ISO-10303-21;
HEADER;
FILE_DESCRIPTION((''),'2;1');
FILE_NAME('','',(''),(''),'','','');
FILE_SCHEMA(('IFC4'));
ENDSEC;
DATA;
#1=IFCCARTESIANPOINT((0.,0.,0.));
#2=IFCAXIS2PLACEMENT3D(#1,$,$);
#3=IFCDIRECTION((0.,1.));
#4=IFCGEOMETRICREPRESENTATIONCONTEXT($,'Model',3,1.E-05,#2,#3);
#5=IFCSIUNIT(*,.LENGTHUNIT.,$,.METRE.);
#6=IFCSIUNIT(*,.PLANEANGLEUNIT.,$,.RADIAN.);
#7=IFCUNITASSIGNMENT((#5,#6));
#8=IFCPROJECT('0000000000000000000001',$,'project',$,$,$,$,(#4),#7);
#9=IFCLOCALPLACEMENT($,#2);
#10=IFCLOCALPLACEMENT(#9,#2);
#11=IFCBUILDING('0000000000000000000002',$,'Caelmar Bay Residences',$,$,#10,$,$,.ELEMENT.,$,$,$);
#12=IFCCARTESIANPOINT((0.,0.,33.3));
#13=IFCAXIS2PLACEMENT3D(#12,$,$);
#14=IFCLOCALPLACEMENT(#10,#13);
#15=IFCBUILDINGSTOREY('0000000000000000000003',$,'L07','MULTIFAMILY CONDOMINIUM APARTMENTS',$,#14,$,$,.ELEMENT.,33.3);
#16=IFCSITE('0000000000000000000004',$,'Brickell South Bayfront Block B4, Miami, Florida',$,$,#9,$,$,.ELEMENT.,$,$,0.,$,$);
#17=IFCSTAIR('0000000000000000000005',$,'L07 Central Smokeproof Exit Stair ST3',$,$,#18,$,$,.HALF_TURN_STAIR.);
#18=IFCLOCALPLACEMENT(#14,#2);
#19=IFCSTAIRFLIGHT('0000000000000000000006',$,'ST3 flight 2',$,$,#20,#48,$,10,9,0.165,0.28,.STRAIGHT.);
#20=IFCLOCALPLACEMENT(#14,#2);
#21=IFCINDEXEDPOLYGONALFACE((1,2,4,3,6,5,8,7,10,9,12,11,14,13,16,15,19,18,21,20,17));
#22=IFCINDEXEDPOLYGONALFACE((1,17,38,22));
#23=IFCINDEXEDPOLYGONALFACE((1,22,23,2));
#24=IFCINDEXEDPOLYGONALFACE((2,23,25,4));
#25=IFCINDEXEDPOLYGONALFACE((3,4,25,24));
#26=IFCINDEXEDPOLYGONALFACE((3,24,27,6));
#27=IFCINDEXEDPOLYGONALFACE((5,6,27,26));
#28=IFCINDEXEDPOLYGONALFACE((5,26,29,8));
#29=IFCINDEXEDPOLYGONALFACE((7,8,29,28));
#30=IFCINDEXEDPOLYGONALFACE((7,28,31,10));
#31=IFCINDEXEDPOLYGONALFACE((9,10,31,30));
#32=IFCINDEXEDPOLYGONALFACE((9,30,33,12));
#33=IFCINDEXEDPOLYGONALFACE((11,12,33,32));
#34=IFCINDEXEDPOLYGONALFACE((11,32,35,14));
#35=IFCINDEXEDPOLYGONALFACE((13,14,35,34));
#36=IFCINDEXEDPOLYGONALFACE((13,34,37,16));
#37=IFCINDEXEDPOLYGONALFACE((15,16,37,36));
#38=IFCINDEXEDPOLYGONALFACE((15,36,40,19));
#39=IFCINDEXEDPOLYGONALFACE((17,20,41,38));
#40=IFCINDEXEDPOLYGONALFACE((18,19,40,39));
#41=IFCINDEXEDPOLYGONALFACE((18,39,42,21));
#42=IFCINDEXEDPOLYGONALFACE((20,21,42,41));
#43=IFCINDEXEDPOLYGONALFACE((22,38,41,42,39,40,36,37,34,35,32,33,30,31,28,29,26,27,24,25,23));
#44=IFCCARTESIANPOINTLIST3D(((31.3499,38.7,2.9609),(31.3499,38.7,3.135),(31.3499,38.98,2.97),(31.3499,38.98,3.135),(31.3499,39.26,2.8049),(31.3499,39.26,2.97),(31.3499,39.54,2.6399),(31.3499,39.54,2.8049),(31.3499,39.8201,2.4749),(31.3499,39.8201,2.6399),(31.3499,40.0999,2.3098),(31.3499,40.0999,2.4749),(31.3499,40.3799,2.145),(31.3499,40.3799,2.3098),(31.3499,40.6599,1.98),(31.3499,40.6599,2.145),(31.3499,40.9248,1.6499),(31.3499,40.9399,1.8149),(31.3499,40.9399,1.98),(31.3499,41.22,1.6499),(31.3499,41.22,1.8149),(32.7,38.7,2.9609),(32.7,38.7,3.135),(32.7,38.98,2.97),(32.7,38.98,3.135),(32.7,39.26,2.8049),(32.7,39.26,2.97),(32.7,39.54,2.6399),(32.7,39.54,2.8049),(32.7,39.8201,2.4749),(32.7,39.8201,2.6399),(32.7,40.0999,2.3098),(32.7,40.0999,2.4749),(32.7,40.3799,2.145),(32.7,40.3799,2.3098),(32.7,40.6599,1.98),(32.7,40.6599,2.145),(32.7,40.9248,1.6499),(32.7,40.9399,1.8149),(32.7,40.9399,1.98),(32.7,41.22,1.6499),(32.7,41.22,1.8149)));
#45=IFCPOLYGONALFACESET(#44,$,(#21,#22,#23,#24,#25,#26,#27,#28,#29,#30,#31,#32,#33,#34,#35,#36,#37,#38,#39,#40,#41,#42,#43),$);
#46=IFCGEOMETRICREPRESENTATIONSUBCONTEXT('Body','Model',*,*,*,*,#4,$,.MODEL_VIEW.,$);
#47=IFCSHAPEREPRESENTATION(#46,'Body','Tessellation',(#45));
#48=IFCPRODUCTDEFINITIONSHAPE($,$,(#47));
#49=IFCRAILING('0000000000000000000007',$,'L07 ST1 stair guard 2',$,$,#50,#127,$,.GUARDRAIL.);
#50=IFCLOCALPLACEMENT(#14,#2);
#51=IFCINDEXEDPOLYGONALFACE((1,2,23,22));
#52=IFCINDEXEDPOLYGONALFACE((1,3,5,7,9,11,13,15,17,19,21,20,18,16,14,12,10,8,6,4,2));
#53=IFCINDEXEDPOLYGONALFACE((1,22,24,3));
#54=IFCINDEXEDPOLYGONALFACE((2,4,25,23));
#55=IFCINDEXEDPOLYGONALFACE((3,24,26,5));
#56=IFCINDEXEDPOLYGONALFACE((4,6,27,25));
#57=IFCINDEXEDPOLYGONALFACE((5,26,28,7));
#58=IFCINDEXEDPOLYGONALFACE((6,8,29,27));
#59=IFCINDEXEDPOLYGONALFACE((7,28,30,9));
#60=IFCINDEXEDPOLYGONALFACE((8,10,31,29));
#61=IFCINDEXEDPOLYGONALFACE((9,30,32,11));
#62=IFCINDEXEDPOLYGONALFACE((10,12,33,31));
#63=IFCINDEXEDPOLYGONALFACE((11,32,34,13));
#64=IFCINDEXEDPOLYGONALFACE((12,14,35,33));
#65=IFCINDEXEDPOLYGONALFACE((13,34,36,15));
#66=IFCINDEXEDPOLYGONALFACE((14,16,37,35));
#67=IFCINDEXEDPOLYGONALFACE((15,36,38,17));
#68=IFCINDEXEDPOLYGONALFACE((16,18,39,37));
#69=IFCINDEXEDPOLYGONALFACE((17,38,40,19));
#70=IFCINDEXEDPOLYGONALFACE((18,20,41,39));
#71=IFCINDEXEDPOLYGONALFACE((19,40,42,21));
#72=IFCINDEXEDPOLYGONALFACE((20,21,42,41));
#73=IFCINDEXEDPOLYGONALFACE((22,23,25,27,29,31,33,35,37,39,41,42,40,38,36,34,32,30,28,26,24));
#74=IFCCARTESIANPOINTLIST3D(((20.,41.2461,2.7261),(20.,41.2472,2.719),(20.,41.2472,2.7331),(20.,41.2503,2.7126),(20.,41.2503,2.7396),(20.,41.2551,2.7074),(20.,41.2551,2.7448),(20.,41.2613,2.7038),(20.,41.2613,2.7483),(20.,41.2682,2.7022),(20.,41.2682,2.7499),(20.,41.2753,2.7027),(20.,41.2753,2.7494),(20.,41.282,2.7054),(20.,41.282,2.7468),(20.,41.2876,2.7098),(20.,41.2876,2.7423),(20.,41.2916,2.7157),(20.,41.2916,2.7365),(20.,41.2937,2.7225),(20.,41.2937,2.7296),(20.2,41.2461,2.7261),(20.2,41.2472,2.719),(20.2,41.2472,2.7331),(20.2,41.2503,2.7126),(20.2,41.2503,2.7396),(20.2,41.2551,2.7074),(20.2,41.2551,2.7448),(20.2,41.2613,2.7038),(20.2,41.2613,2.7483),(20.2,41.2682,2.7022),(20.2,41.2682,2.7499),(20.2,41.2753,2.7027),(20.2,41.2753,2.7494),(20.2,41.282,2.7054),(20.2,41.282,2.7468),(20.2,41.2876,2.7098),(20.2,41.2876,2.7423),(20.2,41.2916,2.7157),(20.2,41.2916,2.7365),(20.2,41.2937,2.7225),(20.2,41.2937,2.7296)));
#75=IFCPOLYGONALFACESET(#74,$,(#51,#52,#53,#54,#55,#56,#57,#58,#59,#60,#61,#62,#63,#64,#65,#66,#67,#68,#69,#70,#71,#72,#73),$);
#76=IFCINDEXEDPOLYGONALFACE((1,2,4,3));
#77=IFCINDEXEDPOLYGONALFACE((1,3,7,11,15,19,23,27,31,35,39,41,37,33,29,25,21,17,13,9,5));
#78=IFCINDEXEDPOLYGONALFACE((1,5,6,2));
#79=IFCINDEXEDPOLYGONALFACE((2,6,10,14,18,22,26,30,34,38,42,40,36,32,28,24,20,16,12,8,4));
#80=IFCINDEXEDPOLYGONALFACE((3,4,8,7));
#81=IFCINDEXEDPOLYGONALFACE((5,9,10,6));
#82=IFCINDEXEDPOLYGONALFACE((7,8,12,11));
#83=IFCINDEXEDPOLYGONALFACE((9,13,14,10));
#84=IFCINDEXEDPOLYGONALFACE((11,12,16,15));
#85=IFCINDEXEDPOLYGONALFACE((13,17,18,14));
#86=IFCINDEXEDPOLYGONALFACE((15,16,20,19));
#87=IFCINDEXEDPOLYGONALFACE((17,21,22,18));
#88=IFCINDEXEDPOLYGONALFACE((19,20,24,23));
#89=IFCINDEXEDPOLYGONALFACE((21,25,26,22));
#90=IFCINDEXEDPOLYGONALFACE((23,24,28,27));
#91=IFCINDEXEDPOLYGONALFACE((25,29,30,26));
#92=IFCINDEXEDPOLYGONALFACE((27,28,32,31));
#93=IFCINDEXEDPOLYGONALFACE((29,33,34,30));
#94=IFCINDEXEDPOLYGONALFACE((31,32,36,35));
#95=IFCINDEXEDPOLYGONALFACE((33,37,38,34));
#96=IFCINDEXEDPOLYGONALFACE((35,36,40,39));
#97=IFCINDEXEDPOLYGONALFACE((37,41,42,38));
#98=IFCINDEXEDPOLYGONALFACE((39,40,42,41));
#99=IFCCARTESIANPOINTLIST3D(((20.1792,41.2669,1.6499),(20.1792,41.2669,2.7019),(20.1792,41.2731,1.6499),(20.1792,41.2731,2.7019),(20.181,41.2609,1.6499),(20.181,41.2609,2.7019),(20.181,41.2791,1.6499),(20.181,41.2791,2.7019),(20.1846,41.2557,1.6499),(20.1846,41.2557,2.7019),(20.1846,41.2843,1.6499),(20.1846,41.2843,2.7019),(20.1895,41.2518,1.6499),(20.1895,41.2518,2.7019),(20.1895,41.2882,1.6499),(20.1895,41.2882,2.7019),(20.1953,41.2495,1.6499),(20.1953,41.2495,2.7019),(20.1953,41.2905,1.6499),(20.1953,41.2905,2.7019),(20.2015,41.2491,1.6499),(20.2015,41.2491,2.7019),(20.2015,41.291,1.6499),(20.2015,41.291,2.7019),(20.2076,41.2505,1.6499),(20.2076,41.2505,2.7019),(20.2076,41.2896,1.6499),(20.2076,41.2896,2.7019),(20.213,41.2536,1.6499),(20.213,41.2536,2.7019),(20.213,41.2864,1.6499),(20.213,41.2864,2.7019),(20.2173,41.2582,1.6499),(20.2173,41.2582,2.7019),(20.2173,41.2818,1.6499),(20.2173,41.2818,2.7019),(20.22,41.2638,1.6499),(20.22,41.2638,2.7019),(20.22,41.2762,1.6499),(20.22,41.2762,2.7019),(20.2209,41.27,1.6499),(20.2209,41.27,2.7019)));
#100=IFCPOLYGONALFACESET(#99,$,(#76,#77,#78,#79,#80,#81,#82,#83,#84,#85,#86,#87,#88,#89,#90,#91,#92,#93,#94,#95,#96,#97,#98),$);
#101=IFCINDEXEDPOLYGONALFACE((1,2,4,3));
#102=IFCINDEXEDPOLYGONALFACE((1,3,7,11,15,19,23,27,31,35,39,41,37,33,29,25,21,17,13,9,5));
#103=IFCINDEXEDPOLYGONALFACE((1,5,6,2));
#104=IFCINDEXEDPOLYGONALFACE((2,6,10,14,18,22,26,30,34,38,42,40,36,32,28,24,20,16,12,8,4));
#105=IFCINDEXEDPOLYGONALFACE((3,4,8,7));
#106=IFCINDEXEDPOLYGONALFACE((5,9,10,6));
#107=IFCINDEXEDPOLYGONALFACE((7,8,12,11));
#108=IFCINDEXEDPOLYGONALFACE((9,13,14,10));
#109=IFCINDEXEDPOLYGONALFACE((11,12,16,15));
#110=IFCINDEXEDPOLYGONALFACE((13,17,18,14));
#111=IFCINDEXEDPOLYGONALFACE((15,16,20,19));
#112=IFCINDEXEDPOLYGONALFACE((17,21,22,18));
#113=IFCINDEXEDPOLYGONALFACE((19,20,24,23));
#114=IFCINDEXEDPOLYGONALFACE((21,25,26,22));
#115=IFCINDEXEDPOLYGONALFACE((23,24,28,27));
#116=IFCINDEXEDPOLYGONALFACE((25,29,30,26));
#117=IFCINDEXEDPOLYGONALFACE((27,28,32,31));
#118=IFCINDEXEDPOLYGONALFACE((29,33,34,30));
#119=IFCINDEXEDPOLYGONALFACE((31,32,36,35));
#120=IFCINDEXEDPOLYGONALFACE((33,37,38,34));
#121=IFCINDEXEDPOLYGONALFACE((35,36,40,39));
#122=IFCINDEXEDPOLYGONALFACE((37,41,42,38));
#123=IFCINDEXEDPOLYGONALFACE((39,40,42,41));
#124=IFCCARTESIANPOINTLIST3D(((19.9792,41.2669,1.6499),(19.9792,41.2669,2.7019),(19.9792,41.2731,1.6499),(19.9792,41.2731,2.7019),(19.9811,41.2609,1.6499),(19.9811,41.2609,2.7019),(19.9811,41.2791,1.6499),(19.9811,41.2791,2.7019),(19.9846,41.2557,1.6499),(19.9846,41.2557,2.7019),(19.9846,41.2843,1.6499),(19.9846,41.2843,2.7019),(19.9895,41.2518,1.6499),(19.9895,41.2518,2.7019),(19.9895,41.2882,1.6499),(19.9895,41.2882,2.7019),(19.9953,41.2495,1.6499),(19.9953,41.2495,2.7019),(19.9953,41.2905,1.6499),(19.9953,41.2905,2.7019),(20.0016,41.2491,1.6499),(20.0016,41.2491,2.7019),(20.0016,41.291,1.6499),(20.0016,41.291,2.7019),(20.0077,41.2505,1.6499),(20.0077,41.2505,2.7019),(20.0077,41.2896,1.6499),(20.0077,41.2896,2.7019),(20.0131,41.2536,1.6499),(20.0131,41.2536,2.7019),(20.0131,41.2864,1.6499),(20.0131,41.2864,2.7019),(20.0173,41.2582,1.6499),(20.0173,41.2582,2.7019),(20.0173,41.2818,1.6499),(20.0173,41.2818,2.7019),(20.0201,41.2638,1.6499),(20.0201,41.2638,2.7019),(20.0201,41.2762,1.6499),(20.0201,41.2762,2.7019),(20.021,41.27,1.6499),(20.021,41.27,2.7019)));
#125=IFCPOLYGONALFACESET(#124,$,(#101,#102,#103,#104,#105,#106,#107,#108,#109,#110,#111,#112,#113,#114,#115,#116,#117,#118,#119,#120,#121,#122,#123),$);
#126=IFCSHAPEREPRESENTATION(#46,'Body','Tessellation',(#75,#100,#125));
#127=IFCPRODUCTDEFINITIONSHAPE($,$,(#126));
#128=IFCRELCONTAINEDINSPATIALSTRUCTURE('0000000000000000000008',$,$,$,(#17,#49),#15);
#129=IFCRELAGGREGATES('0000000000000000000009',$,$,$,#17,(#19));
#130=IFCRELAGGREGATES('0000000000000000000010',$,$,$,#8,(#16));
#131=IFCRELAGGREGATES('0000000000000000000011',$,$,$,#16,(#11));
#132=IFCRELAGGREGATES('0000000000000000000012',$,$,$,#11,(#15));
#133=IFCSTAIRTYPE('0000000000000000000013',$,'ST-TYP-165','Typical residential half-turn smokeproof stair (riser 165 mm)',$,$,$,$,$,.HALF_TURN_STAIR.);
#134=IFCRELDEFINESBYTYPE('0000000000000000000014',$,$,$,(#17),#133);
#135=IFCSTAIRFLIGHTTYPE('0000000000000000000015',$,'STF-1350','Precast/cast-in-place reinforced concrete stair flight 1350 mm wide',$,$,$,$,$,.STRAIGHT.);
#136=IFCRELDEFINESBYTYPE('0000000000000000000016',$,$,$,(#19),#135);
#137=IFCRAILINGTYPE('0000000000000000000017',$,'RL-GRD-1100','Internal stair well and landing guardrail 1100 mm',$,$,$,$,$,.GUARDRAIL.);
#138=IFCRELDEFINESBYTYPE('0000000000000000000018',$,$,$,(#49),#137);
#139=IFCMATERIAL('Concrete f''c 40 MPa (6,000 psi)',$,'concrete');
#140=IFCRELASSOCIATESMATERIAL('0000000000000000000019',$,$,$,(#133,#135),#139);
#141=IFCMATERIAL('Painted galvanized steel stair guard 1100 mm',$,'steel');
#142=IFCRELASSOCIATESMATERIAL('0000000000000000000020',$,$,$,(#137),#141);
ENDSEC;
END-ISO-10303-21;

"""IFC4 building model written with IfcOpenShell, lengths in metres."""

from ifc_helpers import new_model, si_unit, direction, frame, origin, origin_2d, place, context, subcontext, project, spatial, polyline, circle, outline, extrude, material, type_object, element, aggregate, save


model = new_model("IFC4")

# Units and contexts
model_context = context("Model", 3, precision=1e-05, world=origin(), true_north=direction((0.0, 1.0)))
body_context = subcontext(model_context, "Body", "Model", "MODEL_VIEW")
ifc_project = project(units=[si_unit("LENGTHUNIT", "METRE"), si_unit("PLANEANGLEUNIT", "RADIAN")], contexts=[model_context])

# Site, building, storey
site_placement = place(None, origin())
site = spatial("IfcSite", under=ifc_project, at=site_placement, Name="Brickell South Bayfront Block B4, Miami, Florida", CompositionType="ELEMENT", RefElevation=0.0)
building_placement = place(site_placement, origin())
building = spatial("IfcBuilding", under=site, at=building_placement, Name="Caelmar Bay Residences", CompositionType="ELEMENT")
storey_placement = place(building_placement, frame((0.0, 0.0, 33.3)))
storey = spatial("IfcBuildingStorey", under=building, at=storey_placement, Name="L07", Description="MULTIFAMILY CONDOMINIUM APARTMENTS", CompositionType="ELEMENT", Elevation=33.3)

# Stair, stair flight
ifc_material_1 = material(Name="Concrete f'c 40 MPa (6,000 psi)", Category="concrete")
stair_type = type_object("IfcStairType", Name="ST-TYP-165", Description="Typical residential half-turn smokeproof stair (riser 165 mm)", PredefinedType="HALF_TURN_STAIR", material=ifc_material_1)
stair_flight_type = type_object("IfcStairFlightType", Name="STF-1350", Description="Precast/cast-in-place reinforced concrete stair flight 1350 mm wide", PredefinedType="STRAIGHT", material=ifc_material_1)
stair_1_placement = place(storey_placement, origin())
stair_1 = element("IfcStair", 1, at=stair_1_placement, inside=storey, type_object=stair_type, Name="L07 Central Smokeproof Exit Stair ST3", PredefinedType="HALF_TURN_STAIR")
stair_flight_1_placement = place(storey_placement, frame((32.0249, 41.22, 1.6499), z_axis=(0.0, 0.0, 1.0), x_axis=(0.0, -1.0, 0.0)))
stair_flight_1 = element("IfcStairFlight", 2, at=stair_flight_1_placement, type_object=stair_flight_type, Name="ST3 flight 2", NumberOfRisers=10, NumberOfTreads=9, PredefinedType="STRAIGHT", RiserHeight=0.165, TreadLength=0.28, context=body_context, shape_type="SweptSolid", body=[
    extrude(outline(polyline([(0.0, 0.0), (0.0, 0.165), (0.28, 0.165), (0.28, 0.3301), (0.5601, 0.3301), (0.5601, 0.4951), (0.8401, 0.4951), (0.8401, 0.6599), (1.1201, 0.6599), (1.1201, 0.825), (1.3999, 0.825), (1.3999, 0.99), (1.6799, 0.99), (1.6799, 1.155), (1.96, 1.155), (1.96, 1.3201), (2.24, 1.3201), (2.24, 1.4851), (2.52, 1.4851), (2.52, 1.6499), (2.52, 1.311), (0.2952, 0.0), (0.0, 0.0)])), frame((0.0, 0.675, 0.0), z_axis=(0.0, -1.0, 0.0), x_axis=(1.0, 0.0, 0.0)), (0.0, 0.0, 1.0), 1.3501),
])
aggregate(stair_1, [stair_flight_1])

# Railing
ifc_material_2 = material(Name="Painted galvanized steel stair guard 1100 mm", Category="steel")
railing_type_1 = type_object("IfcRailingType", Name="RL-GRD-1100", Description="Internal stair well and landing guardrail 1100 mm", PredefinedType="GUARDRAIL", material=ifc_material_2)
railing_1_placement = place(storey_placement, frame((20.2, 41.27, 1.6499)))
element("IfcRailing", 3, at=railing_1_placement, inside=storey, type_object=railing_type_1, Name="L07 ST1 stair guard 2", PredefinedType="GUARDRAIL", context=body_context, shape_type="SweptSolid", body=[
    extrude(circle(Radius=0.0239, at=origin_2d()), frame((0.0, 0.0, 1.0762), z_axis=(-1.0, 0.0, 0.0), x_axis=(0.0, -1.0, 0.0)), (0.0, 0.0, 1.0), 0.2),
    extrude(circle(Radius=0.021, at=origin_2d()), origin(), (0.0, 0.0, 1.0), 1.052),
    extrude(circle(Radius=0.021, at=origin_2d()), frame((-0.2, 0.0, 0.0)), (0.0, 0.0, 1.0), 1.052),
])

save(model, "model.ifc")
